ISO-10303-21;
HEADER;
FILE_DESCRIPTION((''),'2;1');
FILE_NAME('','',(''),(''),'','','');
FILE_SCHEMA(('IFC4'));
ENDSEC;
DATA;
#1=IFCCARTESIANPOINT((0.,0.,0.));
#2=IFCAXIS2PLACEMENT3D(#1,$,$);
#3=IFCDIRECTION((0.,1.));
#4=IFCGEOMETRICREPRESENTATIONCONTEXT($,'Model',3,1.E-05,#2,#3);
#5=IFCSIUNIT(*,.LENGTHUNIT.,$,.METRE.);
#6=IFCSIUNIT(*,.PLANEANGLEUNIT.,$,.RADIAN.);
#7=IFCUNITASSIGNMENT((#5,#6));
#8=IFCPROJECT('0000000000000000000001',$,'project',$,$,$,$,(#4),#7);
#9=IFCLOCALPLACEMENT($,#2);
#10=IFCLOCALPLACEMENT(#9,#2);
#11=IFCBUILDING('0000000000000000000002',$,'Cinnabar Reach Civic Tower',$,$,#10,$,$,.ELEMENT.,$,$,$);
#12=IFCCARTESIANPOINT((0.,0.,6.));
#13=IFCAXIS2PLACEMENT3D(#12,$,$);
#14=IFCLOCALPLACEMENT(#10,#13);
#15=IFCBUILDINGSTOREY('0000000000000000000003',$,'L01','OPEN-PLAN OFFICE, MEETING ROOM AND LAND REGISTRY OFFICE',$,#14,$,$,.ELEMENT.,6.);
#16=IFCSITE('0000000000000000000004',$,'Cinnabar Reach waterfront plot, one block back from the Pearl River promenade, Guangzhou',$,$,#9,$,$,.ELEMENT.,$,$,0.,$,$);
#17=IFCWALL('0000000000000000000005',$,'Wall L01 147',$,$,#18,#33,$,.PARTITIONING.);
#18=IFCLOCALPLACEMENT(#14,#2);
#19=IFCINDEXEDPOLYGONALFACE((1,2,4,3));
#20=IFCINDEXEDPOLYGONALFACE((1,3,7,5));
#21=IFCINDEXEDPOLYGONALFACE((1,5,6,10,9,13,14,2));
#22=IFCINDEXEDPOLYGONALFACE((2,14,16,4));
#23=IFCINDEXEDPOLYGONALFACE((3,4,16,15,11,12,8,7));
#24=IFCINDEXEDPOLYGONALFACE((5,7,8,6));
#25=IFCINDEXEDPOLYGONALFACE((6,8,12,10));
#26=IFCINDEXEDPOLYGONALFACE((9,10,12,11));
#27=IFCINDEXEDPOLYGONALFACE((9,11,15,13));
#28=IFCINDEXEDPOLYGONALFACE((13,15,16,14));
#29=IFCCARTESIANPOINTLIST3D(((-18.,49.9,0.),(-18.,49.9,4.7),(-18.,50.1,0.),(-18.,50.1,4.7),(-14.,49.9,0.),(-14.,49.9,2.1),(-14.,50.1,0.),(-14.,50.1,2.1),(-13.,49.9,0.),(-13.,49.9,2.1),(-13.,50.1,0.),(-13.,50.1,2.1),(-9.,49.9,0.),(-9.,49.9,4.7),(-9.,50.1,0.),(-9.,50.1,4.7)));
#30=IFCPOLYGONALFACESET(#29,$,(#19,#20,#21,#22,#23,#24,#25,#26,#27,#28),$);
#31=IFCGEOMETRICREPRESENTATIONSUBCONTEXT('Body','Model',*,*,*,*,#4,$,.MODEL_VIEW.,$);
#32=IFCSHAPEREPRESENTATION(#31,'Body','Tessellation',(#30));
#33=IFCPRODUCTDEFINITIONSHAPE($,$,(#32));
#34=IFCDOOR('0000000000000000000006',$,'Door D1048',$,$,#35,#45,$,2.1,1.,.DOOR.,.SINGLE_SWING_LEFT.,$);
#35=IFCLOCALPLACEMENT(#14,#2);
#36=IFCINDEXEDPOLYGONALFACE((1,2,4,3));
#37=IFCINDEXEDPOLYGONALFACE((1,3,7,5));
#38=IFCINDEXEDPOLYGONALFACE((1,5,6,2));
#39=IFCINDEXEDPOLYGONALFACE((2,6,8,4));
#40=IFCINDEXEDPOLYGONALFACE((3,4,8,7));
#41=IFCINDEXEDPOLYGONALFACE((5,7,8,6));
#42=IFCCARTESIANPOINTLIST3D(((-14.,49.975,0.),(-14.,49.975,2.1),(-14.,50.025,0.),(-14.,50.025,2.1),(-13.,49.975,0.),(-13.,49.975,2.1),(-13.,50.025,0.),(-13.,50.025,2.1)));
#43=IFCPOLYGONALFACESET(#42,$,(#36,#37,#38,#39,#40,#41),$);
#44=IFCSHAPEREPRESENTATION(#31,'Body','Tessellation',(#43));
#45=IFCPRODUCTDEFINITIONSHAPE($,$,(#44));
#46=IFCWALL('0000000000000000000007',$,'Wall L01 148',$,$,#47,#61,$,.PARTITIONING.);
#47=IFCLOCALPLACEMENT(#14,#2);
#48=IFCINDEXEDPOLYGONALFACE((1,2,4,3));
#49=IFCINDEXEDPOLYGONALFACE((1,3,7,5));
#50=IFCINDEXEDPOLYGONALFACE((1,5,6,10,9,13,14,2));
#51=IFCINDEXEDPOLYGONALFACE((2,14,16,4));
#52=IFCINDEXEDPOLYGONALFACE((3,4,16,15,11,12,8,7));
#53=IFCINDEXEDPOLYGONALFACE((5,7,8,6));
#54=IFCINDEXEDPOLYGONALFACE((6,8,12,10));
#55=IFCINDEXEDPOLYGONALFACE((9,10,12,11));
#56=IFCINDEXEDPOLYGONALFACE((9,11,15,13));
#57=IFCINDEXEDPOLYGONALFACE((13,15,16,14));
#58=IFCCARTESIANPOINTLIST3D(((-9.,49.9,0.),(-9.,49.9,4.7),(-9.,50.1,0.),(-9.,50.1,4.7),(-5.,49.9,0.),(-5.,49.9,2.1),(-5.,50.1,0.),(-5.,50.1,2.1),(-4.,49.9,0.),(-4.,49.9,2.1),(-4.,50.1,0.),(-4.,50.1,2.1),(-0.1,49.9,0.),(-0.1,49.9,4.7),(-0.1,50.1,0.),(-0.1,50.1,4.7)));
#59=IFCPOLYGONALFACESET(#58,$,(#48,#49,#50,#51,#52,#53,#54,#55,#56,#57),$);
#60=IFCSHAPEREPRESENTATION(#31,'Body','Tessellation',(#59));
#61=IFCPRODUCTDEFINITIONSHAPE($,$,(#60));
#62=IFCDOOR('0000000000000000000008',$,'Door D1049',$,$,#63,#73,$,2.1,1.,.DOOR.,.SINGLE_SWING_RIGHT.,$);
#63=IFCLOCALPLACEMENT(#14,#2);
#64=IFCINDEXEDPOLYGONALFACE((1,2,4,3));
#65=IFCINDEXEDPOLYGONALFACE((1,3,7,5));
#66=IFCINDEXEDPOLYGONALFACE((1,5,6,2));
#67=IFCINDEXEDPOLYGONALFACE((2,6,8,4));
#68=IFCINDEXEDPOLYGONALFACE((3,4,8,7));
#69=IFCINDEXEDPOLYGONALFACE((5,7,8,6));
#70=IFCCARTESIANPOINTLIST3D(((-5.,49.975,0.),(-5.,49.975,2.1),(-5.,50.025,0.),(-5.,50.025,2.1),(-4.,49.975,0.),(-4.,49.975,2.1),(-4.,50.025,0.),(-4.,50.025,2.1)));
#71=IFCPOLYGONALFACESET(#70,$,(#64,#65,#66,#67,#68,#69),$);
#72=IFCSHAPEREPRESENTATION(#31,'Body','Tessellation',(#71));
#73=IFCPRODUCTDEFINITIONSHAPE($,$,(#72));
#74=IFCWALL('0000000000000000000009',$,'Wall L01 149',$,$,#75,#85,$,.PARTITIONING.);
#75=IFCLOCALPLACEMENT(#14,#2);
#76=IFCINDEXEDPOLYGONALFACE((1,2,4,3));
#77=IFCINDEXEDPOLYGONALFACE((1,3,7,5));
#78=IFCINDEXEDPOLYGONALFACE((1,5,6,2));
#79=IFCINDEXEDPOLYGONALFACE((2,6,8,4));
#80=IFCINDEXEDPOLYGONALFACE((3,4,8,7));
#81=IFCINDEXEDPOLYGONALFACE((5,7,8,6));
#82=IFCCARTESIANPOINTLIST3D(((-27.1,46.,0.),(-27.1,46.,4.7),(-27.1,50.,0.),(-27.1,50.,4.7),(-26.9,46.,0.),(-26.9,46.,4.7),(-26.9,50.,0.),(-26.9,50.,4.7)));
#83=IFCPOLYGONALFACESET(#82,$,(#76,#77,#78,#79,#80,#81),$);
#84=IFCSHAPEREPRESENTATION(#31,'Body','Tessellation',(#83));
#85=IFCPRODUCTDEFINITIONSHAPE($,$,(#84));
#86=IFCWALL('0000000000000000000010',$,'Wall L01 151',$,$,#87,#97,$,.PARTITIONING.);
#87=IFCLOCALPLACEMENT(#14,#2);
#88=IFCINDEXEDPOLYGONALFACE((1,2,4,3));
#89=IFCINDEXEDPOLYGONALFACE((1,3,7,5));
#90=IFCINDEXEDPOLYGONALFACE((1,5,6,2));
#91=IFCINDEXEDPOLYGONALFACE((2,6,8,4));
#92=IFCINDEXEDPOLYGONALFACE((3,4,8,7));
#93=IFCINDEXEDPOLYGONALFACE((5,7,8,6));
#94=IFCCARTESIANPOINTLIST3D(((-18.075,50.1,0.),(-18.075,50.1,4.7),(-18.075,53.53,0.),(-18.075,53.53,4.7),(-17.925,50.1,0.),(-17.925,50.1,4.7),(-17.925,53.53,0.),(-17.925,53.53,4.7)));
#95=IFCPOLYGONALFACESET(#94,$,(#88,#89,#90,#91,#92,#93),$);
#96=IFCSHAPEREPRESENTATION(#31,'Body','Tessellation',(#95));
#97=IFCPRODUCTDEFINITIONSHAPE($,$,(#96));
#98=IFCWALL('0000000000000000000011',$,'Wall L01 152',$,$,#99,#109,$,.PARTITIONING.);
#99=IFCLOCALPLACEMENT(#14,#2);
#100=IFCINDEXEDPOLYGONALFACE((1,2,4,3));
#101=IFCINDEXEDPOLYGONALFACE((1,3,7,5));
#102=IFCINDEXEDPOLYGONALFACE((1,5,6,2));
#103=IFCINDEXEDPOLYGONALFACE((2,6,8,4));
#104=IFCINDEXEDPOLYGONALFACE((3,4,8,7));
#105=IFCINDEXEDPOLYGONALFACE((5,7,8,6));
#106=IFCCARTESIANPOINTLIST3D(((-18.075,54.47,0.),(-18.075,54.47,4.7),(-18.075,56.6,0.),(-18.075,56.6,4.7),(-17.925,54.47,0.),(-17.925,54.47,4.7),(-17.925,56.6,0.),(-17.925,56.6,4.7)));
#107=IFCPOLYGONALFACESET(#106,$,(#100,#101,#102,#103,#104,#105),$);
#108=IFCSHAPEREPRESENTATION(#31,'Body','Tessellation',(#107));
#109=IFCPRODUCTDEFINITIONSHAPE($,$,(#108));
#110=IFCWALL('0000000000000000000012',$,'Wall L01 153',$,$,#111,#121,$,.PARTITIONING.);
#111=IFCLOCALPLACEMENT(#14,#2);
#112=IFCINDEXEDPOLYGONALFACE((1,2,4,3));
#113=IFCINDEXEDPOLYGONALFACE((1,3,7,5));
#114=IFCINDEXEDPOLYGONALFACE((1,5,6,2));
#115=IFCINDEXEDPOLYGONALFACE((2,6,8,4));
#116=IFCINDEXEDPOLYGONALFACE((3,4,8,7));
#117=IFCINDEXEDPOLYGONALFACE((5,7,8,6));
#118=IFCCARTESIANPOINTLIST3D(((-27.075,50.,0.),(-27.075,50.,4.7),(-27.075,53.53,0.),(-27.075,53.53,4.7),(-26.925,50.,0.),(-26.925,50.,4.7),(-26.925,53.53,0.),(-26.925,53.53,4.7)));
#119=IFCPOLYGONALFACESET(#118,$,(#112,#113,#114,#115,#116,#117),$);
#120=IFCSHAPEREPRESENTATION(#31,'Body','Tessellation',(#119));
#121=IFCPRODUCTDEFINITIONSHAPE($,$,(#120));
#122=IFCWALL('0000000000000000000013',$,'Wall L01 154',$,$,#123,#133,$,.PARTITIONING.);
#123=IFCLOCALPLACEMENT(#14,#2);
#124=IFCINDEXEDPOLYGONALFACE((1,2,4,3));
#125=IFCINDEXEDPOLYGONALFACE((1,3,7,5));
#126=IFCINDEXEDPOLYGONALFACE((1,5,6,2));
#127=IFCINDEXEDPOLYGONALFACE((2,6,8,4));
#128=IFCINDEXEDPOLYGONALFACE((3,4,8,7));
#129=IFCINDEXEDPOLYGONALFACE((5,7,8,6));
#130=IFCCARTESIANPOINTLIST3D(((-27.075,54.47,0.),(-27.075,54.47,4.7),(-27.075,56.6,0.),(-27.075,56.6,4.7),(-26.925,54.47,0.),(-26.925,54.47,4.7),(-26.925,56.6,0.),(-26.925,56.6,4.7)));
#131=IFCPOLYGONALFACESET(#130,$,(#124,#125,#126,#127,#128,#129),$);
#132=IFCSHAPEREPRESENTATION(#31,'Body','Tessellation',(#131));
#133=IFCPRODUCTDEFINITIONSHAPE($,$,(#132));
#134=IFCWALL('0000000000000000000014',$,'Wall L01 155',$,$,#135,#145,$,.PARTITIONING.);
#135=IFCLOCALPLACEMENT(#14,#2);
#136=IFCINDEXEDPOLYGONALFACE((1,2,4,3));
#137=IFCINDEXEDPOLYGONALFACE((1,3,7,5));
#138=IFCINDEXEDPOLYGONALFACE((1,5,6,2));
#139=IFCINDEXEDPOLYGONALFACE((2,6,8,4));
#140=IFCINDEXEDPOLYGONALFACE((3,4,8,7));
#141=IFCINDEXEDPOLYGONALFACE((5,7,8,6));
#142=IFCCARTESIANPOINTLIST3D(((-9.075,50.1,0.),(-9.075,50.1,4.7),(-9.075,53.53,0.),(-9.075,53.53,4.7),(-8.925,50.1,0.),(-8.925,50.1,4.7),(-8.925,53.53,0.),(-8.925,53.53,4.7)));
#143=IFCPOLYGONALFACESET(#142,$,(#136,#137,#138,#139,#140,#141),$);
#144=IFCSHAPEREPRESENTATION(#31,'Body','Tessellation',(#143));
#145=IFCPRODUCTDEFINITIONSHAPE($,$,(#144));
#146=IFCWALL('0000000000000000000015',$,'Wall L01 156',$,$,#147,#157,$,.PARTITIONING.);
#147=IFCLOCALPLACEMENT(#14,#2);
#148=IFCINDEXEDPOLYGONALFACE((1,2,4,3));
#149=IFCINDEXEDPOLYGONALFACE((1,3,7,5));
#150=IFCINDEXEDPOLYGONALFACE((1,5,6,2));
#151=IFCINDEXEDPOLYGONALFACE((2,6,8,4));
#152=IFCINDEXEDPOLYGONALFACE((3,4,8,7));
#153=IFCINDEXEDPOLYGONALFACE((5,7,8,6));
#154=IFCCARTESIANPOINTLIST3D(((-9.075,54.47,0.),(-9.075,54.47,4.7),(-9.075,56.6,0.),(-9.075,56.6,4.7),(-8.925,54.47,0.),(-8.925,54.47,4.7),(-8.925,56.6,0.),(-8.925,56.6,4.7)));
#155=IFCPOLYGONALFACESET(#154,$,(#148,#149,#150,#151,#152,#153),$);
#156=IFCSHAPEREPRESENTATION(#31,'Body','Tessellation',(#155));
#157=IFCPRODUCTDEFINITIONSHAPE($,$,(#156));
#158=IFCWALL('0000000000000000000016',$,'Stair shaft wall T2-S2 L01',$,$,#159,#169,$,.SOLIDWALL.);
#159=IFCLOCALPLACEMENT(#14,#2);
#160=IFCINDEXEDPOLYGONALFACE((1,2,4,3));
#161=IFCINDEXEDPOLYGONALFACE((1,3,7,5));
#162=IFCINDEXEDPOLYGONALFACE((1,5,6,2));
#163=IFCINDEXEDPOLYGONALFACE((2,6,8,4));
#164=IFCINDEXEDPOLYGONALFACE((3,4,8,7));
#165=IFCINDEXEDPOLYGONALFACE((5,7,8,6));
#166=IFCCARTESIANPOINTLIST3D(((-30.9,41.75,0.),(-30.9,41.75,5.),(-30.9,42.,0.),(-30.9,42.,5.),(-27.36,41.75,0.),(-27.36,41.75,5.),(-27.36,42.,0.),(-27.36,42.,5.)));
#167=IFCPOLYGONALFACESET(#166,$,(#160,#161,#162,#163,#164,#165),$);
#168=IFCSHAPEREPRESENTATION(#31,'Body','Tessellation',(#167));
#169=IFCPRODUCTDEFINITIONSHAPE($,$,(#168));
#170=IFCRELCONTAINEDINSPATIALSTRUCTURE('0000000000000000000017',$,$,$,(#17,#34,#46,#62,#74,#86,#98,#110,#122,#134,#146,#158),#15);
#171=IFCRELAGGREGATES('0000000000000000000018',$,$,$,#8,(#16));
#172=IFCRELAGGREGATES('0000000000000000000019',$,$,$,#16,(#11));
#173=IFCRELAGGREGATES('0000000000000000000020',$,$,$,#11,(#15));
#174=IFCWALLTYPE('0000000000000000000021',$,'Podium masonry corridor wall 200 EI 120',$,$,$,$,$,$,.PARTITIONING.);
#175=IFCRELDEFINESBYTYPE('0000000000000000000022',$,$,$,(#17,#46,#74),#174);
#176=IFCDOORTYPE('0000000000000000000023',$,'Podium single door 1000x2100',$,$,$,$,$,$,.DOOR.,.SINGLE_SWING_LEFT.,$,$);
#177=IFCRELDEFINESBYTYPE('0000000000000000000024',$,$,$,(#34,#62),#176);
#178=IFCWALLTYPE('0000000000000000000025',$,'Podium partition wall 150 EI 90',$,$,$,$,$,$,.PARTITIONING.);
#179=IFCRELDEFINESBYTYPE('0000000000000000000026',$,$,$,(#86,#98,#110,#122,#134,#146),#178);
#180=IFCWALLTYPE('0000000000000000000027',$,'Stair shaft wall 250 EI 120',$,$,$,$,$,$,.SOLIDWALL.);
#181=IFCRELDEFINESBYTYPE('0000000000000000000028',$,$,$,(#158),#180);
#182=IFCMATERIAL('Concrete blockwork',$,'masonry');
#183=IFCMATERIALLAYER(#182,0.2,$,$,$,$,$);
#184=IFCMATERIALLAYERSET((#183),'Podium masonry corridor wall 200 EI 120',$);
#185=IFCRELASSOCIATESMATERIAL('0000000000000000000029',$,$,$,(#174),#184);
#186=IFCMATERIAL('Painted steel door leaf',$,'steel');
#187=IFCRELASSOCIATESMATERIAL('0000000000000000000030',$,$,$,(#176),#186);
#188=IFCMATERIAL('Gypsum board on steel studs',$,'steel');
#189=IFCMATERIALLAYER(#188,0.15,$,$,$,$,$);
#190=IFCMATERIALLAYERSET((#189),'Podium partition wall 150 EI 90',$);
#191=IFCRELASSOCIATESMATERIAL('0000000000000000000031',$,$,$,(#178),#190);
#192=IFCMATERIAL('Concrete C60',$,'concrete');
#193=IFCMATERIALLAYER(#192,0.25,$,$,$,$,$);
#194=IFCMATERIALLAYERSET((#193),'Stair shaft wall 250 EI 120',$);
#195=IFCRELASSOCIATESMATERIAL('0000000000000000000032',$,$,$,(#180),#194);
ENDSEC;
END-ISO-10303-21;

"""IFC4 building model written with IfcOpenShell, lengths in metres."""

from ifc_helpers import new_model, si_unit, direction, frame, frame_2d, origin, place, context, subcontext, project, spatial, rectangle, extrude, material, layer, layer_set, type_object, element, fill, save


model = new_model("IFC4")

# Units and contexts
model_context = context("Model", 3, precision=1e-05, world=origin(), true_north=direction((0.0, 1.0)))
body_context = subcontext(model_context, "Body", "Model", "MODEL_VIEW")
ifc_project = project(units=[si_unit("LENGTHUNIT", "METRE"), si_unit("PLANEANGLEUNIT", "RADIAN")], contexts=[model_context])

# Site, building, storey
site_placement = place(None, origin())
site = spatial("IfcSite", under=ifc_project, at=site_placement, Name="Cinnabar Reach waterfront plot, one block back from the Pearl River promenade, Guangzhou", CompositionType="ELEMENT", RefElevation=0.0)
building_placement = place(site_placement, origin())
building = spatial("IfcBuilding", under=site, at=building_placement, Name="Cinnabar Reach Civic Tower", CompositionType="ELEMENT")
storey_placement = place(building_placement, frame((0.0, 0.0, 6.0)))
storey = spatial("IfcBuildingStorey", under=building, at=storey_placement, Name="L01", Description="OPEN-PLAN OFFICE, MEETING ROOM AND LAND REGISTRY OFFICE", CompositionType="ELEMENT", Elevation=6.0)

# Shared definitions
ifc_material_1 = material(Name="Concrete blockwork", Category="masonry")
ifc_layer_1 = layer(ifc_material_1, 0.2)
ifc_layer_set_1 = layer_set([ifc_layer_1], Name="Podium masonry corridor wall 200 EI 120")
wall_type_1 = type_object("IfcWallType", Name="Podium masonry corridor wall 200 EI 120", PredefinedType="PARTITIONING", material=ifc_layer_set_1)

# Walls, openings, doors
ifc_material_2 = material(Name="Painted steel door leaf", Category="steel")
door_type = type_object("IfcDoorType", Name="Podium single door 1000x2100", OperationType="SINGLE_SWING_LEFT", PredefinedType="DOOR", material=ifc_material_2)
wall_1_placement = place(storey_placement, frame((-18.0, 50.0, 0.0), z_axis=(0.0, 0.0, 1.0), x_axis=(1.0, 0.0, 0.0)))
wall_1 = element("IfcWall", 1, at=wall_1_placement, inside=storey, type_object=wall_type_1, Name="Wall L01 147", PredefinedType="PARTITIONING", context=body_context, shape_type="SweptSolid", body=[
    extrude(rectangle(XDim=9.0, YDim=0.2, at=frame_2d((4.5, 0.0))), origin(), (0.0, 0.0, 1.0), 4.7),
])
opening_1_placement = place(wall_1_placement, frame((4.0, 0.0, 0.0)))
opening_1 = element("IfcOpeningElement", 2, at=opening_1_placement, cuts=wall_1, PredefinedType="OPENING", context=body_context, shape_type="SweptSolid", body=[
    extrude(rectangle(XDim=1.0, YDim=2.1, at=frame_2d((0.5, 1.05))), frame((0.0, 0.11, 0.0), z_axis=(0.0, -1.0, 0.0), x_axis=(1.0, 0.0, 0.0)), (0.0, 0.0, 1.0), 0.22),
])
door_1_placement = place(opening_1_placement, origin())
door_1 = element("IfcDoor", 3, at=door_1_placement, inside=storey, type_object=door_type, Name="Door D1048", OperationType="SINGLE_SWING_LEFT", OverallHeight=2.1, OverallWidth=1.0, PredefinedType="DOOR", context=body_context, shape_type="SweptSolid", body=[
    extrude(rectangle(XDim=1.0, YDim=2.1, at=frame_2d((0.5, 1.05))), frame((0.0, 0.025, 0.0), z_axis=(0.0, -1.0, 0.0), x_axis=(1.0, 0.0, 0.0)), (0.0, 0.0, 1.0), 0.05),
])
fill(opening_1, door_1)
wall_2_placement = place(storey_placement, frame((-9.0, 50.0, 0.0), z_axis=(0.0, 0.0, 1.0), x_axis=(1.0, 0.0, 0.0)))
wall_2 = element("IfcWall", 4, at=wall_2_placement, inside=storey, type_object=wall_type_1, Name="Wall L01 148", PredefinedType="PARTITIONING", context=body_context, shape_type="SweptSolid", body=[
    extrude(rectangle(XDim=8.9, YDim=0.2, at=frame_2d((4.45, 0.0))), origin(), (0.0, 0.0, 1.0), 4.7),
])
opening_2_placement = place(wall_2_placement, frame((4.0, 0.0, 0.0)))
opening_2 = element("IfcOpeningElement", 5, at=opening_2_placement, cuts=wall_2, PredefinedType="OPENING", context=body_context, shape_type="SweptSolid", body=[
    extrude(rectangle(XDim=1.0, YDim=2.1, at=frame_2d((0.5, 1.05))), frame((0.0, 0.11, 0.0), z_axis=(0.0, -1.0, 0.0), x_axis=(1.0, 0.0, 0.0)), (0.0, 0.0, 1.0), 0.22),
])
door_2_placement = place(opening_2_placement, frame((1.0, 0.0, 0.0), z_axis=(0.0, 0.0, 1.0), x_axis=(-1.0, 0.0, 0.0)))
door_2 = element("IfcDoor", 6, at=door_2_placement, inside=storey, type_object=door_type, Name="Door D1049", OperationType="SINGLE_SWING_RIGHT", OverallHeight=2.1, OverallWidth=1.0, PredefinedType="DOOR", context=body_context, shape_type="SweptSolid", body=[
    extrude(rectangle(XDim=1.0, YDim=2.1, at=frame_2d((0.5, 1.05))), frame((0.0, 0.025, 0.0), z_axis=(0.0, -1.0, 0.0), x_axis=(1.0, 0.0, 0.0)), (0.0, 0.0, 1.0), 0.05),
])
fill(opening_2, door_2)

# Walls
wall_3_placement = place(storey_placement, frame((-27.0, 46.0, 0.0), z_axis=(0.0, 0.0, 1.0), x_axis=(0.0, 1.0, 0.0)))
element("IfcWall", 7, at=wall_3_placement, inside=storey, type_object=wall_type_1, Name="Wall L01 149", PredefinedType="PARTITIONING", context=body_context, shape_type="SweptSolid", body=[
    extrude(rectangle(XDim=4.0, YDim=0.2, at=frame_2d((2.0, 0.0))), origin(), (0.0, 0.0, 1.0), 4.7),
])
ifc_material_3 = material(Name="Gypsum board on steel studs", Category="steel")
ifc_layer_2 = layer(ifc_material_3, 0.15)
ifc_layer_set_2 = layer_set([ifc_layer_2], Name="Podium partition wall 150 EI 90")
wall_type_2 = type_object("IfcWallType", Name="Podium partition wall 150 EI 90", PredefinedType="PARTITIONING", material=ifc_layer_set_2)
wall_4_placement = place(storey_placement, frame((-18.0, 50.1, 0.0), z_axis=(0.0, 0.0, 1.0), x_axis=(0.0, 1.0, 0.0)))
element("IfcWall", 8, at=wall_4_placement, inside=storey, type_object=wall_type_2, Name="Wall L01 151", PredefinedType="PARTITIONING", context=body_context, shape_type="SweptSolid", body=[
    extrude(rectangle(XDim=3.43, YDim=0.15, at=frame_2d((1.715, 0.0))), origin(), (0.0, 0.0, 1.0), 4.7),
])
wall_5_placement = place(storey_placement, frame((-18.0, 54.47, 0.0), z_axis=(0.0, 0.0, 1.0), x_axis=(0.0, 1.0, 0.0)))
element("IfcWall", 9, at=wall_5_placement, inside=storey, type_object=wall_type_2, Name="Wall L01 152", PredefinedType="PARTITIONING", context=body_context, shape_type="SweptSolid", body=[
    extrude(rectangle(XDim=2.13, YDim=0.15, at=frame_2d((1.065, 0.0))), origin(), (0.0, 0.0, 1.0), 4.7),
])
wall_6_placement = place(storey_placement, frame((-27.0, 50.0, 0.0), z_axis=(0.0, 0.0, 1.0), x_axis=(0.0, 1.0, 0.0)))
element("IfcWall", 10, at=wall_6_placement, inside=storey, type_object=wall_type_2, Name="Wall L01 153", PredefinedType="PARTITIONING", context=body_context, shape_type="SweptSolid", body=[
    extrude(rectangle(XDim=3.53, YDim=0.15, at=frame_2d((1.765, 0.0))), origin(), (0.0, 0.0, 1.0), 4.7),
])
wall_7_placement = place(storey_placement, frame((-27.0, 54.47, 0.0), z_axis=(0.0, 0.0, 1.0), x_axis=(0.0, 1.0, 0.0)))
element("IfcWall", 11, at=wall_7_placement, inside=storey, type_object=wall_type_2, Name="Wall L01 154", PredefinedType="PARTITIONING", context=body_context, shape_type="SweptSolid", body=[
    extrude(rectangle(XDim=2.13, YDim=0.15, at=frame_2d((1.065, 0.0))), origin(), (0.0, 0.0, 1.0), 4.7),
])
wall_8_placement = place(storey_placement, frame((-9.0, 50.1, 0.0), z_axis=(0.0, 0.0, 1.0), x_axis=(0.0, 1.0, 0.0)))
element("IfcWall", 12, at=wall_8_placement, inside=storey, type_object=wall_type_2, Name="Wall L01 155", PredefinedType="PARTITIONING", context=body_context, shape_type="SweptSolid", body=[
    extrude(rectangle(XDim=3.43, YDim=0.15, at=frame_2d((1.715, 0.0))), origin(), (0.0, 0.0, 1.0), 4.7),
])
wall_9_placement = place(storey_placement, frame((-9.0, 54.47, 0.0), z_axis=(0.0, 0.0, 1.0), x_axis=(0.0, 1.0, 0.0)))
element("IfcWall", 13, at=wall_9_placement, inside=storey, type_object=wall_type_2, Name="Wall L01 156", PredefinedType="PARTITIONING", context=body_context, shape_type="SweptSolid", body=[
    extrude(rectangle(XDim=2.13, YDim=0.15, at=frame_2d((1.065, 0.0))), origin(), (0.0, 0.0, 1.0), 4.7),
])
ifc_material_4 = material(Name="Concrete C60", Category="concrete")
ifc_layer_3 = layer(ifc_material_4, 0.25)
ifc_layer_set_3 = layer_set([ifc_layer_3], Name="Stair shaft wall 250 EI 120")
wall_type_3 = type_object("IfcWallType", Name="Stair shaft wall 250 EI 120", PredefinedType="SOLIDWALL", material=ifc_layer_set_3)
wall_10_placement = place(storey_placement, frame((-27.36, 41.875, 0.0), z_axis=(0.0, 0.0, 1.0), x_axis=(-1.0, 0.0, 0.0)))
element("IfcWall", 14, at=wall_10_placement, inside=storey, type_object=wall_type_3, Name="Stair shaft wall T2-S2 L01", PredefinedType="SOLIDWALL", context=body_context, shape_type="SweptSolid", body=[
    extrude(rectangle(XDim=3.54, YDim=0.25, at=frame_2d((1.77, 0.0))), origin(), (0.0, 0.0, 1.0), 5.0),
])

save(model, "model.ifc")
